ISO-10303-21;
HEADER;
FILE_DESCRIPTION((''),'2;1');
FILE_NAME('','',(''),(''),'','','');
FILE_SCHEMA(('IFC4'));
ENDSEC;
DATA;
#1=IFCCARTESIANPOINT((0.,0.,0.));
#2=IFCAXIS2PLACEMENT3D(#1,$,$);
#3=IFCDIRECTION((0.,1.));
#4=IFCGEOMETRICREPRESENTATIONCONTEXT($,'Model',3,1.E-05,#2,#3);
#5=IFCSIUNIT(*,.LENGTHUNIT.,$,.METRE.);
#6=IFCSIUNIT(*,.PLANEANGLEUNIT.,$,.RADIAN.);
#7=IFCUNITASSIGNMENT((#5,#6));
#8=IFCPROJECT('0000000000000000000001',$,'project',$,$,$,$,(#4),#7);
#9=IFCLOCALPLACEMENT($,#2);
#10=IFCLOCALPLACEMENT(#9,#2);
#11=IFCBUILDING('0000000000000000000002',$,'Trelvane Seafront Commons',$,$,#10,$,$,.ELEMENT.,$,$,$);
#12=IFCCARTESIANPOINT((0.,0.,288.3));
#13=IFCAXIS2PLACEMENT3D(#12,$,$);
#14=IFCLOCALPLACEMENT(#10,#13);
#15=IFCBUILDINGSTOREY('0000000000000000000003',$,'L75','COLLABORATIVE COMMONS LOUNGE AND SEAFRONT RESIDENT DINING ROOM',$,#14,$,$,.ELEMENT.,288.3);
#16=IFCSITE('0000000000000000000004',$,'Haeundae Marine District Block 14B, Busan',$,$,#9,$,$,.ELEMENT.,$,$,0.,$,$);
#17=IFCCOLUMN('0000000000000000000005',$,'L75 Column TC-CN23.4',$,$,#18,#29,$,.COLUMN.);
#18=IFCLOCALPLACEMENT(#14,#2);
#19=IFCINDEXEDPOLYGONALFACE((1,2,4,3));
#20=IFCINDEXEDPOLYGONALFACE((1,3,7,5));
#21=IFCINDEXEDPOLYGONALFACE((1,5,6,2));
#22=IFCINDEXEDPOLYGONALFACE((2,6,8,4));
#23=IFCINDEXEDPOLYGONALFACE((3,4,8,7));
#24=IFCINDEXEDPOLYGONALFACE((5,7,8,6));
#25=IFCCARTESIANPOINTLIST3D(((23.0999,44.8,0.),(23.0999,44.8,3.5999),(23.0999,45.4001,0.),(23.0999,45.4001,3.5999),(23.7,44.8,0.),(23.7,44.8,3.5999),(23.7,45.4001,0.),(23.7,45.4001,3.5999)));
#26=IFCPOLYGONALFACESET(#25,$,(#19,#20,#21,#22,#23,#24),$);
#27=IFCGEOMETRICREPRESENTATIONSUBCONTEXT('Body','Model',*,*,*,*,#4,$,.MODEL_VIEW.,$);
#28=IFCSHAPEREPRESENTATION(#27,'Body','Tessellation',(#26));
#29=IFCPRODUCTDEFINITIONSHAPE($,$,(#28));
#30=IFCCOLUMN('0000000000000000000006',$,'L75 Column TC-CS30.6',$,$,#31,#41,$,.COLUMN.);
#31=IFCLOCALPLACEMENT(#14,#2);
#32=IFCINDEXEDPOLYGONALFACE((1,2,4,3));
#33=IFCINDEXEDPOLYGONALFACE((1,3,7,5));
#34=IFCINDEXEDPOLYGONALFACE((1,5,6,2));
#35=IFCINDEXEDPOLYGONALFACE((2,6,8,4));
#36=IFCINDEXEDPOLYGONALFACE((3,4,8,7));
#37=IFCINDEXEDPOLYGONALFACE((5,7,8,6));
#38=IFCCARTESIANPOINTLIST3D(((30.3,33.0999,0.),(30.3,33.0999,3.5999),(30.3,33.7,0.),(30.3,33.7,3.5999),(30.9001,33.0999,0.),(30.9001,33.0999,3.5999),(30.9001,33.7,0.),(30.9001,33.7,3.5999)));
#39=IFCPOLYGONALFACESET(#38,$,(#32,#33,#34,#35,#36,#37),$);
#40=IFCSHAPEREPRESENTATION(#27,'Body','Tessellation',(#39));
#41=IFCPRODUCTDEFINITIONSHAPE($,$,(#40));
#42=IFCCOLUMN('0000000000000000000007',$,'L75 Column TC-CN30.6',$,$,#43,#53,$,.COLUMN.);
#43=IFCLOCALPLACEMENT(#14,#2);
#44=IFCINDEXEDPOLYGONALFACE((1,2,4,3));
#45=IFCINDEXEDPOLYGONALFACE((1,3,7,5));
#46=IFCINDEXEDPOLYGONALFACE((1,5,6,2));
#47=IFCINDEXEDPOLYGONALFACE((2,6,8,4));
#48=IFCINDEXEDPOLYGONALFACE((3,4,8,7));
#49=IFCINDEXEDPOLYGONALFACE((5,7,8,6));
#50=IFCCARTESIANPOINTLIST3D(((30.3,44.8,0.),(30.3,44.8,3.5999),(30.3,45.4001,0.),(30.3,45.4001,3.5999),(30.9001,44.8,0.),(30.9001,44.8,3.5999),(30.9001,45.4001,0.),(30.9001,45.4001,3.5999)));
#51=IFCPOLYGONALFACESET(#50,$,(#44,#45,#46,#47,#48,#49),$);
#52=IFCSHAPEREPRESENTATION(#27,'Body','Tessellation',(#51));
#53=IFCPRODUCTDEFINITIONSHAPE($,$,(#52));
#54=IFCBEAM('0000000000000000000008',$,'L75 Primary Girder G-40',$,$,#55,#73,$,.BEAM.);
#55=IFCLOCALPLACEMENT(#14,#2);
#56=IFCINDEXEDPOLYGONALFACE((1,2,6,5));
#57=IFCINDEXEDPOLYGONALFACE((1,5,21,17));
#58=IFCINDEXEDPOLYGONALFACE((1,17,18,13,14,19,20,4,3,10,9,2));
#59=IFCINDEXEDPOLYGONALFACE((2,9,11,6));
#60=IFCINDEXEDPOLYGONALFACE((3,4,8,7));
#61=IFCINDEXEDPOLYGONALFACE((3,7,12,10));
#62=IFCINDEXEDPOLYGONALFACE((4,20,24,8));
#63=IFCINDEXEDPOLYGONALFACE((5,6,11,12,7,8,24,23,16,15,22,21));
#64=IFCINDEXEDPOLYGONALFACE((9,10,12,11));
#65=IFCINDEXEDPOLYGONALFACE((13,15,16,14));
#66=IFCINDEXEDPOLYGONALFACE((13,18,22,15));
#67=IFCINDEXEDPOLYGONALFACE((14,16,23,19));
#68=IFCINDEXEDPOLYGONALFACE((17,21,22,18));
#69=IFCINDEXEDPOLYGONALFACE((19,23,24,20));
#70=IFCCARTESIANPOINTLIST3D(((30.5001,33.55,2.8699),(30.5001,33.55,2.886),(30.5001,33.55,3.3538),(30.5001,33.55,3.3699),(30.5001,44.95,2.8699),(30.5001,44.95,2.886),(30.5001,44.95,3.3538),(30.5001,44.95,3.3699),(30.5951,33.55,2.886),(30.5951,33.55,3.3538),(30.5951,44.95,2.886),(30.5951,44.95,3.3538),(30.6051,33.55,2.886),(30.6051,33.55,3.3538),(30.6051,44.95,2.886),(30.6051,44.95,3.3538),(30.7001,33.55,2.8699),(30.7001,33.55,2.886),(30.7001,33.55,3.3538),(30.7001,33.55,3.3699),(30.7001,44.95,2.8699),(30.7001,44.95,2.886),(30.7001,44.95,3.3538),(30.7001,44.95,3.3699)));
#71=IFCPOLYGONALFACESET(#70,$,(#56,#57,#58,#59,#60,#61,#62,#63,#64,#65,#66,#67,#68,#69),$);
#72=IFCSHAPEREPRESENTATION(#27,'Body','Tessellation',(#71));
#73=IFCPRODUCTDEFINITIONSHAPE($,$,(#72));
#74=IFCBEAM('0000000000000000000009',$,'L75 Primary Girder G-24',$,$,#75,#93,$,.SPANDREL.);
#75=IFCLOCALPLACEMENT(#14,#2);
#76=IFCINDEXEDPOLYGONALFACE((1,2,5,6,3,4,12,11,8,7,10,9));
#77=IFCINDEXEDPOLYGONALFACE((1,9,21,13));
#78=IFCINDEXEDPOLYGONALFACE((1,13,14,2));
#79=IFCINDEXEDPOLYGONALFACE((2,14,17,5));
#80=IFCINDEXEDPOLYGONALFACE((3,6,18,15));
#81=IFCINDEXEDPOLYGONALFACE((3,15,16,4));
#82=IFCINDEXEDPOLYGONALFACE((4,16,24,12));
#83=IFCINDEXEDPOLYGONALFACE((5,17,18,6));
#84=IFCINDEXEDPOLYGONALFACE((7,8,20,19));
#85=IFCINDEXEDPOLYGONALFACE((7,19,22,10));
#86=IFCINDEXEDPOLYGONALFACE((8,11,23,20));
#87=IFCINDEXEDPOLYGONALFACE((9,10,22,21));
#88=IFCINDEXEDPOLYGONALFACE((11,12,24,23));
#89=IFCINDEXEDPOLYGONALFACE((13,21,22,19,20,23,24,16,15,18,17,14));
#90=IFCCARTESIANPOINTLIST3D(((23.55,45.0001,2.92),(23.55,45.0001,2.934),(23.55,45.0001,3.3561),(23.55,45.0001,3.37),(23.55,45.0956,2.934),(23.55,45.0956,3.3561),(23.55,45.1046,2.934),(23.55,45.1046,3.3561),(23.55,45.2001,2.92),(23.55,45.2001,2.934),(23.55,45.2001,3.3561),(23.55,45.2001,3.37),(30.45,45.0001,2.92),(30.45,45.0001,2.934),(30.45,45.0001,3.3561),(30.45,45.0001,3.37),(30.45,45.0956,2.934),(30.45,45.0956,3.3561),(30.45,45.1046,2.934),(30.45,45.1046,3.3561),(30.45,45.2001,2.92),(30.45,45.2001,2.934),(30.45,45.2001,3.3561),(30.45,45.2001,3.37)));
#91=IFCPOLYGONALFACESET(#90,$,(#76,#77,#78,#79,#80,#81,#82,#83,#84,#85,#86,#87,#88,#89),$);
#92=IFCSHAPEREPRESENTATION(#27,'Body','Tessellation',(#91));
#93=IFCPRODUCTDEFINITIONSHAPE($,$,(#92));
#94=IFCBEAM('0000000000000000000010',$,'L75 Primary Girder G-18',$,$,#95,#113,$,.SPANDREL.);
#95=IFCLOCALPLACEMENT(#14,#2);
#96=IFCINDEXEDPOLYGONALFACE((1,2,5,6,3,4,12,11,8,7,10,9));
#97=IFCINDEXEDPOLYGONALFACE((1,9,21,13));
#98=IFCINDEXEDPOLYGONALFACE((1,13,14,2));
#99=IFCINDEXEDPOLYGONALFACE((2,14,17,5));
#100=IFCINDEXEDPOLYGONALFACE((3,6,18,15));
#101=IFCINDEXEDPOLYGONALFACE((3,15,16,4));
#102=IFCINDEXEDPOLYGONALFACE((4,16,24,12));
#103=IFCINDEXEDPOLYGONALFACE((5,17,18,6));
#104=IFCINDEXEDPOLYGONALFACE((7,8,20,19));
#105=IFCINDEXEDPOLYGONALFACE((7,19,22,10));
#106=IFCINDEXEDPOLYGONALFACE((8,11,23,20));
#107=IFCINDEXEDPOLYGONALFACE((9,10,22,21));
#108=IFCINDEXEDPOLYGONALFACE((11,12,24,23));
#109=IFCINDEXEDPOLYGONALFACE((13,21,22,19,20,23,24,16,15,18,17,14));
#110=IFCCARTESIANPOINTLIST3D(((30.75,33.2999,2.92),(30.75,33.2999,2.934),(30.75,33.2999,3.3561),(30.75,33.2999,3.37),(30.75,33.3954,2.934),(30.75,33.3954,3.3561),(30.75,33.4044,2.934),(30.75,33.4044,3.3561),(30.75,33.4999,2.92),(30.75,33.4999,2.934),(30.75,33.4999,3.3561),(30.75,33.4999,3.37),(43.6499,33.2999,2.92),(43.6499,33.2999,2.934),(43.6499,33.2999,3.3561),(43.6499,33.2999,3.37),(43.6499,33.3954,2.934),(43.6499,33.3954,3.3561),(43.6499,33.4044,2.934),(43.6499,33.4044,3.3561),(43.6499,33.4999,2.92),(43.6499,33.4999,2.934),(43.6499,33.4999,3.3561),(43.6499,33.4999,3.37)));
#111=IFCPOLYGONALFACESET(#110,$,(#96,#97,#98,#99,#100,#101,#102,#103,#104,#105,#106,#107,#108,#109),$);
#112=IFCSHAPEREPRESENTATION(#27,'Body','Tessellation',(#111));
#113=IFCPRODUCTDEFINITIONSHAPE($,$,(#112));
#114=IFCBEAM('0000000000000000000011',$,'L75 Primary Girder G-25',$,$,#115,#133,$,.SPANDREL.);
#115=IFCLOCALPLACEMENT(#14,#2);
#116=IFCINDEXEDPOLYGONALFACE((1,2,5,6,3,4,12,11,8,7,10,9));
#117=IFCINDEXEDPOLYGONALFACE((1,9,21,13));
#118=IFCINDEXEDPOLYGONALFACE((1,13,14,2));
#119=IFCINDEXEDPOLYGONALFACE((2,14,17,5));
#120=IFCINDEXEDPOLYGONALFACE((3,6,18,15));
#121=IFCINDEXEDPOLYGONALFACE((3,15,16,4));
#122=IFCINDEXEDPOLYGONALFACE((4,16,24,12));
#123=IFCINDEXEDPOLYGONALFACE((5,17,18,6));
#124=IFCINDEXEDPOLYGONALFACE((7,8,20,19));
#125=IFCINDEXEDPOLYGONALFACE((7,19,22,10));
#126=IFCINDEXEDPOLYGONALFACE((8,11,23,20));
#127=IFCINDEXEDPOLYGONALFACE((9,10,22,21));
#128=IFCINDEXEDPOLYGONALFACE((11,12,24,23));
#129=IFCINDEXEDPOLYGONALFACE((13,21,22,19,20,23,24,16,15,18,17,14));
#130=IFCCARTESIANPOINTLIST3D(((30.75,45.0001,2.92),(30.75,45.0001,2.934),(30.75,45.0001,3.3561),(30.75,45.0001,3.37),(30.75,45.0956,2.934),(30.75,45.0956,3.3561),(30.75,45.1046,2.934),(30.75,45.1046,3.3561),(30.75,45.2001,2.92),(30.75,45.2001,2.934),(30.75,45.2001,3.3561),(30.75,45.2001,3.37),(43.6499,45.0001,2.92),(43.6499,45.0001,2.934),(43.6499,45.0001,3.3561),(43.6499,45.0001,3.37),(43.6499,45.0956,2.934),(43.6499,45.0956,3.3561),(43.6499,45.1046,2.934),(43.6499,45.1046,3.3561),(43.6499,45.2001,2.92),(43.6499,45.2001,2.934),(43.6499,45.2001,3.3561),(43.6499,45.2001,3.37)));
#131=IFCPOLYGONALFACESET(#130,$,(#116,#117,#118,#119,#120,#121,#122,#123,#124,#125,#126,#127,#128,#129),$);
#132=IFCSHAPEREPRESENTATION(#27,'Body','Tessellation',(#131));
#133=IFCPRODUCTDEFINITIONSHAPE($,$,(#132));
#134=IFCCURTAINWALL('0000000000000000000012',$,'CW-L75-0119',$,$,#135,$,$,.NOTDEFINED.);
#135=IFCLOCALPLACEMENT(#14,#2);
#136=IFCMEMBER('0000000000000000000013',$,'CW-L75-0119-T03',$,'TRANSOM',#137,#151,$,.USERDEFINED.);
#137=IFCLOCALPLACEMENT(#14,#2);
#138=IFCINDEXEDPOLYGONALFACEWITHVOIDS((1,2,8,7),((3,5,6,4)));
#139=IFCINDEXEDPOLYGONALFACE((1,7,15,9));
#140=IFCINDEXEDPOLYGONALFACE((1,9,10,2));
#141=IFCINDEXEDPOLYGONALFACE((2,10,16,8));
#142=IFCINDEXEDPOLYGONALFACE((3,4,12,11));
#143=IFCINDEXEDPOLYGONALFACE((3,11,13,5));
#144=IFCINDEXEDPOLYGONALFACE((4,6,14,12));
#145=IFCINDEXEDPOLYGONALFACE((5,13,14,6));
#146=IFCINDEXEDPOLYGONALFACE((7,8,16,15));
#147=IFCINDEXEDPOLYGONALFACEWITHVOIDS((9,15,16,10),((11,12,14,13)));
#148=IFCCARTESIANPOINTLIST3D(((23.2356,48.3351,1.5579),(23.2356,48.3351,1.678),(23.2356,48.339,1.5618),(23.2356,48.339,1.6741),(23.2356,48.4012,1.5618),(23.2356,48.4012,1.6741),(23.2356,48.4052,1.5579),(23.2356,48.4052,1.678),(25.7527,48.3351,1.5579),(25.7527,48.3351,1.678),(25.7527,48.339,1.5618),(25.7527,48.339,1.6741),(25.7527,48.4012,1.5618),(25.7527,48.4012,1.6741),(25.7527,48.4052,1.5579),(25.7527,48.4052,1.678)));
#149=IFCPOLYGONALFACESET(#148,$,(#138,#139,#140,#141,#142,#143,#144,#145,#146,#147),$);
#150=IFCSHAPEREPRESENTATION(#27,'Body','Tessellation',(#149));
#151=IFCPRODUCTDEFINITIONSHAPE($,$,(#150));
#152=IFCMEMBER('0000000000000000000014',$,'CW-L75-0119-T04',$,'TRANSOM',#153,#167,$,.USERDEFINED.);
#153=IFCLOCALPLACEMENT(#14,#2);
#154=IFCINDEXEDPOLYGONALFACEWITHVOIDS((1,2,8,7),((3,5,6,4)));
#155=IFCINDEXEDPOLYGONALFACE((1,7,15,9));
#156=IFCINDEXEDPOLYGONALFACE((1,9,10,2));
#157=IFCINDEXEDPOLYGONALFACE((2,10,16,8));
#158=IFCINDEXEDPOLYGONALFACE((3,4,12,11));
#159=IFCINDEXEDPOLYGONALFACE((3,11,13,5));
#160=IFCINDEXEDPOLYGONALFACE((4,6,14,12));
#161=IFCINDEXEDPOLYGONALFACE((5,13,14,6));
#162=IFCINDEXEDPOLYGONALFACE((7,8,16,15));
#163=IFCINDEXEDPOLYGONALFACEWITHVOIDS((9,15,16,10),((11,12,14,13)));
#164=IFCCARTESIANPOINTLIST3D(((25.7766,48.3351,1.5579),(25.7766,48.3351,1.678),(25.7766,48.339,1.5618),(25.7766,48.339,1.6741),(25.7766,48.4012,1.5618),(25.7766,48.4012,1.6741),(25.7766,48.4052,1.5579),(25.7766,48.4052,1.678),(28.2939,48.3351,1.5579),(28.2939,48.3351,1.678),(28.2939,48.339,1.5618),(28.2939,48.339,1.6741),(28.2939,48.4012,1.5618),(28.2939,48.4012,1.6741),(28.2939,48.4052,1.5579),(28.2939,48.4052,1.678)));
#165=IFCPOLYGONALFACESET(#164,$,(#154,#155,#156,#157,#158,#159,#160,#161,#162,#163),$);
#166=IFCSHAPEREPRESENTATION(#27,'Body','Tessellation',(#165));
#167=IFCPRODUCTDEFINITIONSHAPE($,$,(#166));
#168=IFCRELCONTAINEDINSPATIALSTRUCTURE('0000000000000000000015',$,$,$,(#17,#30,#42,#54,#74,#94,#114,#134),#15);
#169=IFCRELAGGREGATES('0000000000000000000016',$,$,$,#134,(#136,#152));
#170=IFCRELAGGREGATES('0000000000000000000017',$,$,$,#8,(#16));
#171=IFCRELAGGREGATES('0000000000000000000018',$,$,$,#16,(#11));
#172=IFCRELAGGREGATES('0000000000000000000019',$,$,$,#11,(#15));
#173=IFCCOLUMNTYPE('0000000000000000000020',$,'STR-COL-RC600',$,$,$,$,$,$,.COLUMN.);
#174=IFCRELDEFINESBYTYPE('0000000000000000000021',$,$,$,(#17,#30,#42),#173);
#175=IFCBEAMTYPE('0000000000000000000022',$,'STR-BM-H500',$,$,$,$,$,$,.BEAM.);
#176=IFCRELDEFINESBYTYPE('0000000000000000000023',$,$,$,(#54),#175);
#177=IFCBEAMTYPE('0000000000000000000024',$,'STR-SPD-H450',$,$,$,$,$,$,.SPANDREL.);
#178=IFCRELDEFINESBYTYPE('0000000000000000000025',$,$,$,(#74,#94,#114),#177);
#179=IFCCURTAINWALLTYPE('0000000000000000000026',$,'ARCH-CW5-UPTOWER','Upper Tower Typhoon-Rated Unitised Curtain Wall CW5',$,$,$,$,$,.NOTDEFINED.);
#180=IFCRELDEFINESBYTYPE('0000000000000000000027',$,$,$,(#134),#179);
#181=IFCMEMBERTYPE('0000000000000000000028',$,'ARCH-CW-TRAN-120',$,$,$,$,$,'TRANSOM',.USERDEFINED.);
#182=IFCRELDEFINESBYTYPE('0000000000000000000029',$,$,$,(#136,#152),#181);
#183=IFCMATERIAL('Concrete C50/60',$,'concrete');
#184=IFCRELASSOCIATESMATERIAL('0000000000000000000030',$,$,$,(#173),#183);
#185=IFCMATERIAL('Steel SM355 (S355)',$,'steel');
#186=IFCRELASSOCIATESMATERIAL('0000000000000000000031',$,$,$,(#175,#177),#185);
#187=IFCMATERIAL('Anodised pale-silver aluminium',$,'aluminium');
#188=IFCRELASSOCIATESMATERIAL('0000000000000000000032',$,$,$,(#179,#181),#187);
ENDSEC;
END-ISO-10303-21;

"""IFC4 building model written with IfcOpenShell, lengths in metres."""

from ifc_helpers import new_model, si_unit, direction, frame, origin, origin_2d, place, context, subcontext, project, spatial, rectangle, hollow_rectangle, i_section, extrude, source, transform, mapped, material, material_profile, profile_set, type_object, element, aggregate, save


model = new_model("IFC4")

# Units and contexts
model_context = context("Model", 3, precision=1e-05, world=origin(), true_north=direction((0.0, 1.0)))
body_context = subcontext(model_context, "Body", "Model", "MODEL_VIEW")
ifc_project = project(units=[si_unit("LENGTHUNIT", "METRE"), si_unit("PLANEANGLEUNIT", "RADIAN")], contexts=[model_context])

# Site, building, storey
site_placement = place(None, origin())
site = spatial("IfcSite", under=ifc_project, at=site_placement, Name="Haeundae Marine District Block 14B, Busan", CompositionType="ELEMENT", RefElevation=0.0)
building_placement = place(site_placement, origin())
building = spatial("IfcBuilding", under=site, at=building_placement, Name="Trelvane Seafront Commons", CompositionType="ELEMENT")
storey_placement = place(building_placement, frame((0.0, 0.0, 288.3)))
storey = spatial("IfcBuildingStorey", under=building, at=storey_placement, Name="L75", Description="COLLABORATIVE COMMONS LOUNGE AND SEAFRONT RESIDENT DINING ROOM", CompositionType="ELEMENT", Elevation=288.3)

# Columns
ifc_material_1 = material(Name="Concrete C50/60", Category="concrete")
ifc_material_profile_1 = material_profile(ifc_material_1, rectangle(XDim=0.6001, YDim=0.6001, at=origin_2d()), Name="RC-600x600")
ifc_profile_set_1 = profile_set([ifc_material_profile_1], Name="Concrete C50/60")
column_type = type_object("IfcColumnType", Name="STR-COL-RC600", PredefinedType="COLUMN", material=ifc_profile_set_1)
shared_shape_1 = source(origin(), body_context, "Body", "SweptSolid", [
    extrude(rectangle(XDim=0.6001, YDim=0.6001, at=origin_2d()), origin(), (0.0, 0.0, 1.0), 3.5999),
])
for number, where, z_axis, x_axis, name in (
    (1, (23.3999, 45.1001, 0.0), (0.0, 0.0, 1.0), (1.0, 0.0, 0.0), "L75 Column TC-CN23.4"),
    (2, (30.6001, 33.3999, 0.0), (0.0, 0.0, 1.0), (1.0, 0.0, 0.0), "L75 Column TC-CS30.6"),
    (3, (30.6001, 45.1001, 0.0), (0.0, 0.0, 1.0), (1.0, 0.0, 0.0), "L75 Column TC-CN30.6"),
):
    element("IfcColumn", number, at=place(storey_placement, frame(where, z_axis=z_axis, x_axis=x_axis)), inside=storey, type_object=column_type, Name=name, PredefinedType="COLUMN", context=body_context, shape_type="MappedRepresentation", body=[
        mapped(shared_shape_1, transform((0.0, 0.0, 0.0), x_axis=(1.0, 0.0, 0.0), y_axis=(0.0, 1.0, 0.0), z_axis=(0.0, 0.0, 1.0), scale=1.0)),
    ])

# Beams
ifc_material_2 = material(Name="Steel SM355 (S355)", Category="steel")
ifc_material_profile_2 = material_profile(ifc_material_2, i_section(OverallWidth=0.2, OverallDepth=0.5, WebThickness=0.01, FlangeThickness=0.0161, at=origin_2d()), Name="H-500x200x10x16")
ifc_profile_set_2 = profile_set([ifc_material_profile_2], Name="Steel SM355 (S355)")
beam_type_1 = type_object("IfcBeamType", Name="STR-BM-H500", PredefinedType="BEAM", material=ifc_profile_set_2)
shared_shape_2 = source(origin(), body_context, "Body", "SweptSolid", [
    extrude(i_section(OverallWidth=0.2, OverallDepth=0.5, WebThickness=0.01, FlangeThickness=0.0161, at=origin_2d()), origin(), (0.0, 0.0, 1.0), 11.3999),
])
beam_1_placement = place(storey_placement, frame((30.6001, 33.55, 3.1199), z_axis=(0.0, 1.0, 0.0), x_axis=(-1.0, 0.0, 0.0)))
element("IfcBeam", 4, at=beam_1_placement, inside=storey, type_object=beam_type_1, Name="L75 Primary Girder G-40", PredefinedType="BEAM", context=body_context, shape_type="MappedRepresentation", body=[
    mapped(shared_shape_2, transform((0.0, 0.0, 0.0), x_axis=(1.0, 0.0, 0.0), y_axis=(0.0, 1.0, 0.0), z_axis=(0.0, 0.0, 1.0), scale=1.0)),
])
ifc_material_profile_3 = material_profile(ifc_material_2, i_section(OverallWidth=0.2, OverallDepth=0.45, WebThickness=0.009, FlangeThickness=0.0139, at=origin_2d()), Name="H-450x200x9x14")
ifc_profile_set_3 = profile_set([ifc_material_profile_3], Name="Steel SM355 (S355)")
beam_type_2 = type_object("IfcBeamType", Name="STR-SPD-H450", PredefinedType="SPANDREL", material=ifc_profile_set_3)
shared_shape_3 = source(origin(), body_context, "Body", "SweptSolid", [
    extrude(i_section(OverallWidth=0.2, OverallDepth=0.45, WebThickness=0.009, FlangeThickness=0.0139, at=origin_2d()), origin(), (0.0, 0.0, 1.0), 6.8999),
])
beam_2_placement = place(storey_placement, frame((23.55, 45.1001, 3.145), z_axis=(1.0, 0.0, 0.0), x_axis=(0.0, 1.0, 0.0)))
element("IfcBeam", 5, at=beam_2_placement, inside=storey, type_object=beam_type_2, Name="L75 Primary Girder G-24", PredefinedType="SPANDREL", context=body_context, shape_type="MappedRepresentation", body=[
    mapped(shared_shape_3, transform((0.0, 0.0, 0.0), x_axis=(1.0, 0.0, 0.0), y_axis=(0.0, 1.0, 0.0), z_axis=(0.0, 0.0, 1.0), scale=1.0)),
])
shared_shape_4 = source(origin(), body_context, "Body", "SweptSolid", [
    extrude(i_section(OverallWidth=0.2, OverallDepth=0.45, WebThickness=0.009, FlangeThickness=0.0139, at=origin_2d()), origin(), (0.0, 0.0, 1.0), 12.8999),
])
for number, where, z_axis, x_axis, name in (
    (6, (30.75, 33.3999, 3.145), (1.0, 0.0, 0.0), (0.0, 1.0, 0.0), "L75 Primary Girder G-18"),
    (7, (30.75, 45.1001, 3.145), (1.0, 0.0, 0.0), (0.0, 1.0, 0.0), "L75 Primary Girder G-25"),
):
    element("IfcBeam", number, at=place(storey_placement, frame(where, z_axis=z_axis, x_axis=x_axis)), inside=storey, type_object=beam_type_2, Name=name, PredefinedType="SPANDREL", context=body_context, shape_type="MappedRepresentation", body=[
        mapped(shared_shape_4, transform((0.0, 0.0, 0.0), x_axis=(1.0, 0.0, 0.0), y_axis=(0.0, 1.0, 0.0), z_axis=(0.0, 0.0, 1.0), scale=1.0)),
    ])

# Curtain wall, members
ifc_material_3 = material(Name="Anodised pale-silver aluminium", Category="aluminium")
curtain_wall_type = type_object("IfcCurtainWallType", Name="ARCH-CW5-UPTOWER", Description="Upper Tower Typhoon-Rated Unitised Curtain Wall CW5", PredefinedType="NOTDEFINED", material=ifc_material_3)
curtain_wall_placement = place(storey_placement, origin())
curtain_wall = element("IfcCurtainWall", 8, at=curtain_wall_placement, inside=storey, type_object=curtain_wall_type, Name="CW-L75-0119", PredefinedType="NOTDEFINED")
ifc_material_profile_4 = material_profile(ifc_material_3, hollow_rectangle(XDim=0.0701, YDim=0.1201, WallThickness=0.0039, at=origin_2d()), Name="TRAN-70x120x4")
ifc_profile_set_4 = profile_set([ifc_material_profile_4], Name="Anodised pale-silver aluminium")
member_type_1 = type_object("IfcMemberType", Name="ARCH-CW-TRAN-120", ElementType="TRANSOM", PredefinedType="USERDEFINED", material=ifc_profile_set_4)
shared_shape_5 = source(origin(), body_context, "Body", "SweptSolid", [
    extrude(hollow_rectangle(XDim=0.0701, YDim=0.1201, WallThickness=0.0039, at=origin_2d()), origin(), (0.0, 0.0, 1.0), 2.5171),
])
member_1_placement = place(storey_placement, frame((23.2356, 48.3701, 1.6179), z_axis=(1.0, 0.0, 0.0), x_axis=(0.0, 1.0, 0.0)))
member_1 = element("IfcMember", 9, at=member_1_placement, type_object=member_type_1, Name="CW-L75-0119-T03", ObjectType="TRANSOM", PredefinedType="USERDEFINED", context=body_context, shape_type="MappedRepresentation", body=[
    mapped(shared_shape_5, transform((0.0, 0.0, 0.0), x_axis=(1.0, 0.0, 0.0), y_axis=(0.0, 1.0, 0.0), z_axis=(0.0, 0.0, 1.0), scale=1.0)),
])
shared_shape_6 = source(origin(), body_context, "Body", "SweptSolid", [
    extrude(hollow_rectangle(XDim=0.0701, YDim=0.1201, WallThickness=0.0039, at=origin_2d()), origin(), (0.0, 0.0, 1.0), 2.5173),
])
member_2_placement = place(storey_placement, frame((25.7766, 48.3701, 1.6179), z_axis=(1.0, 0.0, 0.0), x_axis=(0.0, 1.0, 0.0)))
member_2 = element("IfcMember", 10, at=member_2_placement, type_object=member_type_1, Name="CW-L75-0119-T04", ObjectType="TRANSOM", PredefinedType="USERDEFINED", context=body_context, shape_type="MappedRepresentation", body=[
    mapped(shared_shape_6, transform((0.0, 0.0, 0.0), x_axis=(1.0, 0.0, 0.0), y_axis=(0.0, 1.0, 0.0), z_axis=(0.0, 0.0, 1.0), scale=1.0)),
])
aggregate(curtain_wall, [member_1, member_2])

save(model, "model.ifc")
